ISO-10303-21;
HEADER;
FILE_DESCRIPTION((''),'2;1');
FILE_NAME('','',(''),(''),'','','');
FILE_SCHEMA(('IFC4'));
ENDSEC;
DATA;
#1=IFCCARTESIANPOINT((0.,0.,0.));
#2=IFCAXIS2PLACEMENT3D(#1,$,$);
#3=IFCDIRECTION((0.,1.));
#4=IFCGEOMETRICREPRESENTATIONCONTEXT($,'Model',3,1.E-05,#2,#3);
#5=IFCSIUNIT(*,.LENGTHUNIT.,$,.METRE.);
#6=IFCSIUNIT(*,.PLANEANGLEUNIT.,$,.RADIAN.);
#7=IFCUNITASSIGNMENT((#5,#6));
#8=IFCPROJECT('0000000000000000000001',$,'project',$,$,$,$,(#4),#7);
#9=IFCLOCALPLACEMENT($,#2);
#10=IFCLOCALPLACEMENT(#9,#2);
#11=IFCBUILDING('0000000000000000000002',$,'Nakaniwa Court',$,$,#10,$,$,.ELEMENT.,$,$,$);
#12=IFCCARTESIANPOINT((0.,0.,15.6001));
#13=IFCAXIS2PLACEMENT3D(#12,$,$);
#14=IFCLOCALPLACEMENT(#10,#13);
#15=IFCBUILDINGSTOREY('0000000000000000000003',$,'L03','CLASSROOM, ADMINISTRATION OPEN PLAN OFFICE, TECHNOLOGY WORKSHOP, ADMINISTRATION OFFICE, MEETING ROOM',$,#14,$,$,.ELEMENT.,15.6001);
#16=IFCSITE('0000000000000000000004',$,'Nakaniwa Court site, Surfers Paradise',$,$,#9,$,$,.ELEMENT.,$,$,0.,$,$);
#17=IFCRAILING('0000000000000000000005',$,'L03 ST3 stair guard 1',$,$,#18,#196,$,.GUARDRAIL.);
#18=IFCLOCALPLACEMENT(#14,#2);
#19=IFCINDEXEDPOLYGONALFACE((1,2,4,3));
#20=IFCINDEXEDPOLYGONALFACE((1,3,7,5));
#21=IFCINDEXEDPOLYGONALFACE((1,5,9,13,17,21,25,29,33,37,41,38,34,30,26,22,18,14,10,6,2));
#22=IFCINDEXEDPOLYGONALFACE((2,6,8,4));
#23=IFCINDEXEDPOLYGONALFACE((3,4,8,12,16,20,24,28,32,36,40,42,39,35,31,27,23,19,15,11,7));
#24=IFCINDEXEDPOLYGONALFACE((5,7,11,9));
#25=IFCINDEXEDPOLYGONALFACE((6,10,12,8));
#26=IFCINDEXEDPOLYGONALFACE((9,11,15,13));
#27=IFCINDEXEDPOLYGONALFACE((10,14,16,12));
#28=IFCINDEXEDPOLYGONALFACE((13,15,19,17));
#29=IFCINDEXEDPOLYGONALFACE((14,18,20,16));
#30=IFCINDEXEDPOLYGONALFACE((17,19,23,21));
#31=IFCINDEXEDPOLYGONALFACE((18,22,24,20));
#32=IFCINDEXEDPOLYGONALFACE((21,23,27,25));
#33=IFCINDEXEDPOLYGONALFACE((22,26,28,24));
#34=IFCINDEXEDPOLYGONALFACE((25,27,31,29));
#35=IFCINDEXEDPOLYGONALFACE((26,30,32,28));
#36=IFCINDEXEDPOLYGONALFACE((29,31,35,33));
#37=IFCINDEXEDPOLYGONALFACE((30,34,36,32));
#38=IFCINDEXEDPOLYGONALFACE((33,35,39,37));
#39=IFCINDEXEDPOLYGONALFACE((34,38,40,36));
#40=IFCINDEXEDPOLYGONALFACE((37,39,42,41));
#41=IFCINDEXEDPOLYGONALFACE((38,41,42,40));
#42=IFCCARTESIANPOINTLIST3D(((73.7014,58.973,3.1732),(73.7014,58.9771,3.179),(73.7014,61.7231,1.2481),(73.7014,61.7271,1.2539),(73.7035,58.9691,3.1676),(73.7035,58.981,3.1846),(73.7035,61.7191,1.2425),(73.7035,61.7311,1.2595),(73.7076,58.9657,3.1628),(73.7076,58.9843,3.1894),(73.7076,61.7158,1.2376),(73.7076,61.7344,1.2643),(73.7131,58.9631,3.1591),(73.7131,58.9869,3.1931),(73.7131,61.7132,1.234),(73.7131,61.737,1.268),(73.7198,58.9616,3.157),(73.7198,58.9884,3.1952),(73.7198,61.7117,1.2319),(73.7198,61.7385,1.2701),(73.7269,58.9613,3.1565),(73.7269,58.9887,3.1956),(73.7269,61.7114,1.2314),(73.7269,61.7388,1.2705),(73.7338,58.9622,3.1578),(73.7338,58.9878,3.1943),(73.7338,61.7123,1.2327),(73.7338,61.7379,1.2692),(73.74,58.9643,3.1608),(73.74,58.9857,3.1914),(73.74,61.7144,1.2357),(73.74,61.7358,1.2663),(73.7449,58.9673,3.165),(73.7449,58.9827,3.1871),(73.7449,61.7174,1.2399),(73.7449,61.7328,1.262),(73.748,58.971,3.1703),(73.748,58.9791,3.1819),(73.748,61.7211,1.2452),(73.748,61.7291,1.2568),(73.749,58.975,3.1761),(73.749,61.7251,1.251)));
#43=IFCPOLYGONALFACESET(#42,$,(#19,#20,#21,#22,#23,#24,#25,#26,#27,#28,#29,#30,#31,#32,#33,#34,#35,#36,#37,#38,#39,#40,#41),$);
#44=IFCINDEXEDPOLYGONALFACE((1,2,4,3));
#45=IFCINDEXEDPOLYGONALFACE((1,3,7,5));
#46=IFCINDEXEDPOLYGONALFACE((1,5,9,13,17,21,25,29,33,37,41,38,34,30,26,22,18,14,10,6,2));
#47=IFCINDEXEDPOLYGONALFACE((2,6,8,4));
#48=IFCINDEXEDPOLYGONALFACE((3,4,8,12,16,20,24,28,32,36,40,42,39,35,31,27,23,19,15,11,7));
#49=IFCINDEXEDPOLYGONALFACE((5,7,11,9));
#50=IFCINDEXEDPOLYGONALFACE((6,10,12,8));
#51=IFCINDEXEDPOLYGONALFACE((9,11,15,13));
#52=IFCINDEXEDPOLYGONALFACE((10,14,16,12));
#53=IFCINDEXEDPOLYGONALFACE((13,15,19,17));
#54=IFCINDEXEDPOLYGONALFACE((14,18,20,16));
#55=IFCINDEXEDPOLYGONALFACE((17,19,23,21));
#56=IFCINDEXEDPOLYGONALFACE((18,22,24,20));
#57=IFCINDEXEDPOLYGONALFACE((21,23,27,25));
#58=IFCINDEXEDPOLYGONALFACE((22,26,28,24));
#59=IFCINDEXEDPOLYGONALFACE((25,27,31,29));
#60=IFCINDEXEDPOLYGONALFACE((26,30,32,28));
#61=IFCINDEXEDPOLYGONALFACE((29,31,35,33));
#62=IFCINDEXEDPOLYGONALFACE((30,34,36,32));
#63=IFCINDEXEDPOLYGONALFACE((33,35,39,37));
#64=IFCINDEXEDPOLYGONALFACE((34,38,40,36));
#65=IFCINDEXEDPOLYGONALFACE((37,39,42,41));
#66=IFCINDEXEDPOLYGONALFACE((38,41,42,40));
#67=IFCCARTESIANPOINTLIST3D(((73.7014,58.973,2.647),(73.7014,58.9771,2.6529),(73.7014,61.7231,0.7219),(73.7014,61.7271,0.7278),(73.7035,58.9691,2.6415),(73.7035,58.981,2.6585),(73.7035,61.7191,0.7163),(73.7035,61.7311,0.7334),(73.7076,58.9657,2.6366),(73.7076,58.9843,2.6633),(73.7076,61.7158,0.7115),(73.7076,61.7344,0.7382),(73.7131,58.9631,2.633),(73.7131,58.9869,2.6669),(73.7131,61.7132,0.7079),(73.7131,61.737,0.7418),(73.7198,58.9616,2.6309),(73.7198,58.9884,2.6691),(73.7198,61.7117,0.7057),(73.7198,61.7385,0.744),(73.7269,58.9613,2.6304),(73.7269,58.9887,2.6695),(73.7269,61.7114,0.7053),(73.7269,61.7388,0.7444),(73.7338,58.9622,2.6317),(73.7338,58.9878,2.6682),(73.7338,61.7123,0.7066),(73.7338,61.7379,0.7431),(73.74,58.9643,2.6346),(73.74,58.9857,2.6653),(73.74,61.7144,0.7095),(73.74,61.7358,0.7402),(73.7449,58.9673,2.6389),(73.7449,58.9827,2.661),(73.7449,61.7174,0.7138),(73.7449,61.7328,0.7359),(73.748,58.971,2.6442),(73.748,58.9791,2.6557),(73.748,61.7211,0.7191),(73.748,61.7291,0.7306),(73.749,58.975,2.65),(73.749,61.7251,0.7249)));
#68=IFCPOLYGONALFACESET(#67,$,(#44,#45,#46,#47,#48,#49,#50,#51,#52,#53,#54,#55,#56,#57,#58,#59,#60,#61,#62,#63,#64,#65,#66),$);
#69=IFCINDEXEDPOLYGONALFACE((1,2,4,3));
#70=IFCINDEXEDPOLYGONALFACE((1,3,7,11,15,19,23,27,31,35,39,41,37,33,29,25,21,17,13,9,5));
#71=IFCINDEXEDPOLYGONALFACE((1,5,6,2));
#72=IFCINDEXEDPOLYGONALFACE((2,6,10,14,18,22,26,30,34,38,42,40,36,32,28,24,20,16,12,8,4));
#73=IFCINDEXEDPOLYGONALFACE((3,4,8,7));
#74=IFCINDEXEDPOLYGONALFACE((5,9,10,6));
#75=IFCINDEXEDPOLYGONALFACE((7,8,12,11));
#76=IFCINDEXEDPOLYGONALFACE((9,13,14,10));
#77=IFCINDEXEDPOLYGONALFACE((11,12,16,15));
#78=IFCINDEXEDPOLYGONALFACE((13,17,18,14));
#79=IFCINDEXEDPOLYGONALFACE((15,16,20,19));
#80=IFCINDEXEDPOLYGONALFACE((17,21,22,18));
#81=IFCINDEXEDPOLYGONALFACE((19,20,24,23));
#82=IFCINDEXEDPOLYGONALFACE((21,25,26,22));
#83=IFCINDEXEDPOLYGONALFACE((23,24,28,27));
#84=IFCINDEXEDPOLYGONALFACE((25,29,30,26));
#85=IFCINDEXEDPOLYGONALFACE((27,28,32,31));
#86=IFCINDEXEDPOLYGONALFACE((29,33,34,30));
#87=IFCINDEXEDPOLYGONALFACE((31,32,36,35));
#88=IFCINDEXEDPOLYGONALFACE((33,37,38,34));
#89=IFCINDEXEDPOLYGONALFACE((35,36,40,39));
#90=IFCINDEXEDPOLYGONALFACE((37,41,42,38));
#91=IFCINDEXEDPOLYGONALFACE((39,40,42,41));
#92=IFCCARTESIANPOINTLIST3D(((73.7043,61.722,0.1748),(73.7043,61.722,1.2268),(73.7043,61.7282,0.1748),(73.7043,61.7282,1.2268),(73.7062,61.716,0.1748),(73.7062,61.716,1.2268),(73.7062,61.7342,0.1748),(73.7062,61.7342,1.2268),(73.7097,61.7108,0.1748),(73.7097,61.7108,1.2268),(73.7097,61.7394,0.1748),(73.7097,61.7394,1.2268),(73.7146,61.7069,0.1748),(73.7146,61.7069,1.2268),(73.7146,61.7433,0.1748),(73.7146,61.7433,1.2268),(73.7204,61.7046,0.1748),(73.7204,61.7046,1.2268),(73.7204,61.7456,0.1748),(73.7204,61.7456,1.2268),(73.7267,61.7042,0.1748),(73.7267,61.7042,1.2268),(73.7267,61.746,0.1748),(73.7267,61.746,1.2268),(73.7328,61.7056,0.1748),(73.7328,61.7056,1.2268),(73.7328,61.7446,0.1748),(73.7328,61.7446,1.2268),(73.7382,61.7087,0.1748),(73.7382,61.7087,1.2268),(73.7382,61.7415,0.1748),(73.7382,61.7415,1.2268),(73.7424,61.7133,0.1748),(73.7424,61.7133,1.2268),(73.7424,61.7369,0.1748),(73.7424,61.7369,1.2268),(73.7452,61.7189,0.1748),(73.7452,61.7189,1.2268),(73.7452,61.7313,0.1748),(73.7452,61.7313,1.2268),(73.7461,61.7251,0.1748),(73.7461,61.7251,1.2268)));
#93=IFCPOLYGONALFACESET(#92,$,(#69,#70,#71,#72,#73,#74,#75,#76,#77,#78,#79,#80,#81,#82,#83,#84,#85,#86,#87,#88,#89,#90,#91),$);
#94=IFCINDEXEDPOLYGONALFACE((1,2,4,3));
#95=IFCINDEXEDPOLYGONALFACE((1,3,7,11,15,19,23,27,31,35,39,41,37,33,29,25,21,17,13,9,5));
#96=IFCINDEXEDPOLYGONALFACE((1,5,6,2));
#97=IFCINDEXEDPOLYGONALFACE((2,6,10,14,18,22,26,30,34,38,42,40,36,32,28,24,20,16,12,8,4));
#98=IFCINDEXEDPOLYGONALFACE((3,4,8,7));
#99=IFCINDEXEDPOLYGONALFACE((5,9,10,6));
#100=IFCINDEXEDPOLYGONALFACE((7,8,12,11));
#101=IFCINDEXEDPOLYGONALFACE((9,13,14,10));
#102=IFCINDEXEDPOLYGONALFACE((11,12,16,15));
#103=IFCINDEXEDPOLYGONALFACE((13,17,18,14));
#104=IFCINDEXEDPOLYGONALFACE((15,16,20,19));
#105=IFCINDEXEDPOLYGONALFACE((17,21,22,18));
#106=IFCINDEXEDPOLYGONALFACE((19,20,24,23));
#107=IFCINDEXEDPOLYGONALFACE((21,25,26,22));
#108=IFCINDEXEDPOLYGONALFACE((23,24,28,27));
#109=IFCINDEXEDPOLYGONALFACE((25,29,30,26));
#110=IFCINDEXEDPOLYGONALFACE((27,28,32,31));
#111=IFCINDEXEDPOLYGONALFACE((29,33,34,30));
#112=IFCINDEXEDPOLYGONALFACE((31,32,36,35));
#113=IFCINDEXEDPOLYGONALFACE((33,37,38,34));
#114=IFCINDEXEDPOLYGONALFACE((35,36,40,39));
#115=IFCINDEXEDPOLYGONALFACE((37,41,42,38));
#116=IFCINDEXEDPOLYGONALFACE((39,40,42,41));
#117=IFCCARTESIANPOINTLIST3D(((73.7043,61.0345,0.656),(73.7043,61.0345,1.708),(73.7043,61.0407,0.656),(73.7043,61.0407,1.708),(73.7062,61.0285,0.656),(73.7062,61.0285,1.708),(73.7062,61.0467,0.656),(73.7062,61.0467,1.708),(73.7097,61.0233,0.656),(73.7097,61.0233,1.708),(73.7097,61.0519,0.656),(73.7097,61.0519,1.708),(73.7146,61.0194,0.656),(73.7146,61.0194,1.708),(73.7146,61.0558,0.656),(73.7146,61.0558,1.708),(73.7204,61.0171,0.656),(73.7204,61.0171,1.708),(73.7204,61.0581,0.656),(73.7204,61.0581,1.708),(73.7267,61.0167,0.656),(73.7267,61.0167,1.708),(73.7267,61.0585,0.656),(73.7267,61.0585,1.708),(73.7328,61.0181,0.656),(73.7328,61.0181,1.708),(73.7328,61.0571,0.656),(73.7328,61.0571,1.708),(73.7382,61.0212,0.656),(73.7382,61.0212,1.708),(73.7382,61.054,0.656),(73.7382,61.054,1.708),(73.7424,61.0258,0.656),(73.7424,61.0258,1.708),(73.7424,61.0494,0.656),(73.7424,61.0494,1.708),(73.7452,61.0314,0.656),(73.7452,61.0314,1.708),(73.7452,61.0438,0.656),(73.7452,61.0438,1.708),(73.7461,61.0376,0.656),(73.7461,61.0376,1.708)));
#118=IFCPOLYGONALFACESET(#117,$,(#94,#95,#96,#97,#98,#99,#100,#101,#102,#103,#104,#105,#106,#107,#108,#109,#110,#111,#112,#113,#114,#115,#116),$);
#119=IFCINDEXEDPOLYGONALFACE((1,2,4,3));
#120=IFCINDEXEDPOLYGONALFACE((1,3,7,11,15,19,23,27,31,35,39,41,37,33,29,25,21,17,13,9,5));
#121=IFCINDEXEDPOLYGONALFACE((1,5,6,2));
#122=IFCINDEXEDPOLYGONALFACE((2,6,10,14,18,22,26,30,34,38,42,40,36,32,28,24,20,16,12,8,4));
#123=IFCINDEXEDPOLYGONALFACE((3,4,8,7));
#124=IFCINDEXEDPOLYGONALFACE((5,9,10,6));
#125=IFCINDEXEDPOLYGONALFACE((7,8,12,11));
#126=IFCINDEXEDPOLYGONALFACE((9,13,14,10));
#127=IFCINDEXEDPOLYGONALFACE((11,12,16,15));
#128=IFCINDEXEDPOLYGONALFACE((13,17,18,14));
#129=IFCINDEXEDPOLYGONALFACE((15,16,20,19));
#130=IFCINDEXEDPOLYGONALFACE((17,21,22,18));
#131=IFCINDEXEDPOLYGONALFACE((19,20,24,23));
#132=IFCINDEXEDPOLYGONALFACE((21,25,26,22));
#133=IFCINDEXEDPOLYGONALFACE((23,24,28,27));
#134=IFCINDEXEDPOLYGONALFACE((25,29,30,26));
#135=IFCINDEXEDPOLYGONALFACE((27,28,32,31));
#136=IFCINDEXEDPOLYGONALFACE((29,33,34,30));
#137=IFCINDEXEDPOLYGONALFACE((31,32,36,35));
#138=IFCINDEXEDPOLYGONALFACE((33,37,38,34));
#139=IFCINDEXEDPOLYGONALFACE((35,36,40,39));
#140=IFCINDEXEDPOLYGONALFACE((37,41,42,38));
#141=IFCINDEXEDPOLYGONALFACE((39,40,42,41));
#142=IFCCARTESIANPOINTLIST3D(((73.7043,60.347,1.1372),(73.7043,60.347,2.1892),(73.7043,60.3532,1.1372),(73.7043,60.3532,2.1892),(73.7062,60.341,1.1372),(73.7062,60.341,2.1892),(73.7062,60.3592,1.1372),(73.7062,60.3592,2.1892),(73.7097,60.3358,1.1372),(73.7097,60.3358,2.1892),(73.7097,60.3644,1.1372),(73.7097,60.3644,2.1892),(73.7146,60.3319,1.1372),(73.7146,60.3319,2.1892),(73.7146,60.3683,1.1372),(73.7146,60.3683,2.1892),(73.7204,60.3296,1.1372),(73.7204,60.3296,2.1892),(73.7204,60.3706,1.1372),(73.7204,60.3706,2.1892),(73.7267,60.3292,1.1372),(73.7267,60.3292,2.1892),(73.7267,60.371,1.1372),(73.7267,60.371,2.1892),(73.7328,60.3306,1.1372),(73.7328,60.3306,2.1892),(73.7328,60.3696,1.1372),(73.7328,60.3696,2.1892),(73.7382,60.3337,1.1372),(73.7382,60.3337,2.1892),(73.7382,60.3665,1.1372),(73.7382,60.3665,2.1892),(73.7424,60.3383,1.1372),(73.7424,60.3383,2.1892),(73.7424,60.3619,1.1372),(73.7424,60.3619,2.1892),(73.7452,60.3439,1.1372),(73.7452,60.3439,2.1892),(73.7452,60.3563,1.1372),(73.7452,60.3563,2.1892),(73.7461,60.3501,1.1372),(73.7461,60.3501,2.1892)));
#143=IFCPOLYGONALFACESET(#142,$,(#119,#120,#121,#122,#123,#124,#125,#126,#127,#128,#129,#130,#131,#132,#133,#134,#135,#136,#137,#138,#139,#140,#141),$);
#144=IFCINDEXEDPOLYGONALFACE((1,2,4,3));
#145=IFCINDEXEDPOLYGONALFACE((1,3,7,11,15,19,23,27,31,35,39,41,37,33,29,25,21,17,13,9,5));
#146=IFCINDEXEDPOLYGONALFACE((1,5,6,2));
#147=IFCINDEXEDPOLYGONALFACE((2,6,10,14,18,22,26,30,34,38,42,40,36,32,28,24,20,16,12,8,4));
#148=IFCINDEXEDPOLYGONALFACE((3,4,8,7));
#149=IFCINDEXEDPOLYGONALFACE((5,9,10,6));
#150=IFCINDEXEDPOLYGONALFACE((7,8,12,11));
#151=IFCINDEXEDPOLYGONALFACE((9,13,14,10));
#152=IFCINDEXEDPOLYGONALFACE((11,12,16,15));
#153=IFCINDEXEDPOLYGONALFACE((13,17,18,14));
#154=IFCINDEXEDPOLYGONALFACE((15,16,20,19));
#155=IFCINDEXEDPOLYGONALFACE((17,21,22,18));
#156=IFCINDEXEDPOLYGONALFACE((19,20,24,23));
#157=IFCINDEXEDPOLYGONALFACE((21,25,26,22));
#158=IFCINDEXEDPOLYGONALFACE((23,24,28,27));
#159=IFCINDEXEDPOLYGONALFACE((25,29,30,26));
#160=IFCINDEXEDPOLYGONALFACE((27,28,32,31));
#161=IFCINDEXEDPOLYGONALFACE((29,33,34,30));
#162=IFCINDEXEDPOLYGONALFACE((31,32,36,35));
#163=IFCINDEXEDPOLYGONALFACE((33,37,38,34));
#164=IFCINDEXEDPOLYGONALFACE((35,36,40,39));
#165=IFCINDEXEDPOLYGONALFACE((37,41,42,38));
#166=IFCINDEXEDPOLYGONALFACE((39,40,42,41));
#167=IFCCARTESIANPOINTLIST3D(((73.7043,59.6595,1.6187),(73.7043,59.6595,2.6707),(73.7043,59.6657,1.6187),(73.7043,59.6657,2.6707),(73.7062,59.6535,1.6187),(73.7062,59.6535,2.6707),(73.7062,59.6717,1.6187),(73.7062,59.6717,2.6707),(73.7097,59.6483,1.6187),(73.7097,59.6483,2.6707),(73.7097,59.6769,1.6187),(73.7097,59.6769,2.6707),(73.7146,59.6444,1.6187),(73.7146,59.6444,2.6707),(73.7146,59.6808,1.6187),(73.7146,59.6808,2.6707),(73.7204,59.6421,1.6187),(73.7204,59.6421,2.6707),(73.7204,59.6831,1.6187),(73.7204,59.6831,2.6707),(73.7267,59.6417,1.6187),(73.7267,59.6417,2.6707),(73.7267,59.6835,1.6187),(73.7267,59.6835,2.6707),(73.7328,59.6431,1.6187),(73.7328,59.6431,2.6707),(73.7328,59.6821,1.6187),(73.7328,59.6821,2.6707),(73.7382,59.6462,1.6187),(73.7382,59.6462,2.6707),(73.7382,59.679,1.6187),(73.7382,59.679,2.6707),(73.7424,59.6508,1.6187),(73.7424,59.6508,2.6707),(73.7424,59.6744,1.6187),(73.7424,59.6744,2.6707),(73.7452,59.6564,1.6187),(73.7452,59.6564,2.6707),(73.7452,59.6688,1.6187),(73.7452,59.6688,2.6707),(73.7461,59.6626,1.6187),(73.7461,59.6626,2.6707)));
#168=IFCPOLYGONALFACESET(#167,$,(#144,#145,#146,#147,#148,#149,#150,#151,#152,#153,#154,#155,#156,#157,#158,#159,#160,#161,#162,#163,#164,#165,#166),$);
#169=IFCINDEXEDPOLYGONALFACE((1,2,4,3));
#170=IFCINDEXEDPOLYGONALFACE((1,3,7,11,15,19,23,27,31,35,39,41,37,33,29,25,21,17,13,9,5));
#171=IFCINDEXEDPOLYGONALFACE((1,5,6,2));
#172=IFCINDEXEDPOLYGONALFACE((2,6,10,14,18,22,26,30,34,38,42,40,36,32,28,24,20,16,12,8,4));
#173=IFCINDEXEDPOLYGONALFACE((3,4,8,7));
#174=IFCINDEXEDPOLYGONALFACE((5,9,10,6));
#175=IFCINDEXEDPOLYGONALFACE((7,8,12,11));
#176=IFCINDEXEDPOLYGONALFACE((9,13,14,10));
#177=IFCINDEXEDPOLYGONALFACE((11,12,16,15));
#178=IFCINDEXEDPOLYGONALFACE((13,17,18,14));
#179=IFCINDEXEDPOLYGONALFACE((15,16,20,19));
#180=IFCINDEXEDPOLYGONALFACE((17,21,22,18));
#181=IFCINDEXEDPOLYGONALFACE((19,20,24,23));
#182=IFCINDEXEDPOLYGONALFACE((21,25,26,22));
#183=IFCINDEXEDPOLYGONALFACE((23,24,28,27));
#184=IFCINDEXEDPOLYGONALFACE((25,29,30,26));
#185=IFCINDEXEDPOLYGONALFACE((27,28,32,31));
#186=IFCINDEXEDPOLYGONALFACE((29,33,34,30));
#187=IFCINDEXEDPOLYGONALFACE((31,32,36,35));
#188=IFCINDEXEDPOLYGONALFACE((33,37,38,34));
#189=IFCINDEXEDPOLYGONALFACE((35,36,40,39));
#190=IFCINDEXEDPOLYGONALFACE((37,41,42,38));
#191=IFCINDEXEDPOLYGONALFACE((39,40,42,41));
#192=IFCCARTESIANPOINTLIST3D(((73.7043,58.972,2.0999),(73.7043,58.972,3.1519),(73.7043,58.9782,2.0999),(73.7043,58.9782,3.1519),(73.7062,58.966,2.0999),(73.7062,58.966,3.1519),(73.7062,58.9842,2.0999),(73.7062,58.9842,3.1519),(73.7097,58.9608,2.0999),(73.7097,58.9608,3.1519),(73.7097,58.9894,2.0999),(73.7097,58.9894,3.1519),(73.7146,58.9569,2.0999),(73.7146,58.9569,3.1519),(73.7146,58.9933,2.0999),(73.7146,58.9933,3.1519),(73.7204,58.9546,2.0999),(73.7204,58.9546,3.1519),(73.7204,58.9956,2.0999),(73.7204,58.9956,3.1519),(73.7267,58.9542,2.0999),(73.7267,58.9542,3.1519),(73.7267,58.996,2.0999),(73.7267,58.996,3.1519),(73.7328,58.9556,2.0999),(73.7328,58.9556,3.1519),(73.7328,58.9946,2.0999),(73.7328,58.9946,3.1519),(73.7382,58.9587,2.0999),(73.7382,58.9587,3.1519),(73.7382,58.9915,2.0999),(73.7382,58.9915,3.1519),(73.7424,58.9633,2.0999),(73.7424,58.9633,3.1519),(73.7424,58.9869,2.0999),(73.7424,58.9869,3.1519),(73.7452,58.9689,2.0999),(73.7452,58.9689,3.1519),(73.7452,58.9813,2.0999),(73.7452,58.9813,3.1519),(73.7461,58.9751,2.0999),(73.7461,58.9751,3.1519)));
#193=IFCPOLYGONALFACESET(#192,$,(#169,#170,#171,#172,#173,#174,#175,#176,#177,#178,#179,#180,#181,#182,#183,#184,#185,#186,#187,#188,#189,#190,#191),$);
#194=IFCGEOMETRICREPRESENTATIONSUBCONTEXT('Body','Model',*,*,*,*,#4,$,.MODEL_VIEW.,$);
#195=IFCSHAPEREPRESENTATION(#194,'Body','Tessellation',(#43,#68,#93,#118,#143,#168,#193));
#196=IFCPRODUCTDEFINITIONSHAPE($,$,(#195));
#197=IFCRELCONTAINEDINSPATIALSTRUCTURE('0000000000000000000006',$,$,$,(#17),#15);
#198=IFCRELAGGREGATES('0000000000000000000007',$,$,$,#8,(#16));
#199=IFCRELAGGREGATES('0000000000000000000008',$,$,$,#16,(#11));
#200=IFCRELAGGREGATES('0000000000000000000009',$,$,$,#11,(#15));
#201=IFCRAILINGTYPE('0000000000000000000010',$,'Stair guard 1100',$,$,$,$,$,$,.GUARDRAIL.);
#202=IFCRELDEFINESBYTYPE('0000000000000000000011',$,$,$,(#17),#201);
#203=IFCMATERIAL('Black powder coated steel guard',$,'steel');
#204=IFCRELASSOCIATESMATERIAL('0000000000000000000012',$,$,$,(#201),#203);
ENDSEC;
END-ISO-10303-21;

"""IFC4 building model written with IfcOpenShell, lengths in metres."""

from ifc_helpers import new_model, si_unit, direction, frame, origin, origin_2d, place, context, subcontext, project, spatial, circle, extrude, material, type_object, element, save


model = new_model("IFC4")

# Units and contexts
model_context = context("Model", 3, precision=1e-05, world=origin(), true_north=direction((0.0, 1.0)))
body_context = subcontext(model_context, "Body", "Model", "MODEL_VIEW")
ifc_project = project(units=[si_unit("LENGTHUNIT", "METRE"), si_unit("PLANEANGLEUNIT", "RADIAN")], contexts=[model_context])

# Site, building, storey
site_placement = place(None, origin())
site = spatial("IfcSite", under=ifc_project, at=site_placement, Name="Nakaniwa Court site, Surfers Paradise", CompositionType="ELEMENT", RefElevation=0.0)
building_placement = place(site_placement, origin())
building = spatial("IfcBuilding", under=site, at=building_placement, Name="Nakaniwa Court", CompositionType="ELEMENT")
storey_placement = place(building_placement, frame((0.0, 0.0, 15.6001)))
storey = spatial("IfcBuildingStorey", under=building, at=storey_placement, Name="L03", Description="CLASSROOM, ADMINISTRATION OPEN PLAN OFFICE, TECHNOLOGY WORKSHOP, ADMINISTRATION OFFICE, MEETING ROOM", CompositionType="ELEMENT", Elevation=15.6001)

# Railing
ifc_material_1 = material(Name="Black powder coated steel guard", Category="steel")
railing_type_1 = type_object("IfcRailingType", Name="Stair guard 1100", PredefinedType="GUARDRAIL", material=ifc_material_1)
railing_1_placement = place(storey_placement, frame((73.7251, 61.7251, 0.1748)))
element("IfcRailing", 1, at=railing_1_placement, inside=storey, type_object=railing_type_1, Name="L03 ST3 stair guard 1", PredefinedType="GUARDRAIL", context=body_context, shape_type="SweptSolid", body=[
    extrude(circle(Radius=0.0239, at=origin_2d()), frame((0.0, 0.0, 1.0762), z_axis=(0.0, -0.819225, 0.573472), x_axis=(1.0, 0.0, 0.0)), (0.0, 0.0, 1.0), 3.3569),
    extrude(circle(Radius=0.0239, at=origin_2d()), frame((0.0, 0.0, 0.55), z_axis=(0.0, -0.819225, 0.573472), x_axis=(1.0, 0.0, 0.0)), (0.0, 0.0, 1.0), 3.3569),
    extrude(circle(Radius=0.021, at=origin_2d()), origin(), (0.0, 0.0, 1.0), 1.052),
    extrude(circle(Radius=0.021, at=origin_2d()), frame((0.0, -0.6875, 0.4812)), (0.0, 0.0, 1.0), 1.052),
    extrude(circle(Radius=0.021, at=origin_2d()), frame((0.0, -1.375, 0.9624)), (0.0, 0.0, 1.0), 1.052),
    extrude(circle(Radius=0.021, at=origin_2d()), frame((0.0, -2.0625, 1.4438)), (0.0, 0.0, 1.0), 1.052),
    extrude(circle(Radius=0.021, at=origin_2d()), frame((0.0, -2.75, 1.925)), (0.0, 0.0, 1.0), 1.052),
])

save(model, "model.ifc")
